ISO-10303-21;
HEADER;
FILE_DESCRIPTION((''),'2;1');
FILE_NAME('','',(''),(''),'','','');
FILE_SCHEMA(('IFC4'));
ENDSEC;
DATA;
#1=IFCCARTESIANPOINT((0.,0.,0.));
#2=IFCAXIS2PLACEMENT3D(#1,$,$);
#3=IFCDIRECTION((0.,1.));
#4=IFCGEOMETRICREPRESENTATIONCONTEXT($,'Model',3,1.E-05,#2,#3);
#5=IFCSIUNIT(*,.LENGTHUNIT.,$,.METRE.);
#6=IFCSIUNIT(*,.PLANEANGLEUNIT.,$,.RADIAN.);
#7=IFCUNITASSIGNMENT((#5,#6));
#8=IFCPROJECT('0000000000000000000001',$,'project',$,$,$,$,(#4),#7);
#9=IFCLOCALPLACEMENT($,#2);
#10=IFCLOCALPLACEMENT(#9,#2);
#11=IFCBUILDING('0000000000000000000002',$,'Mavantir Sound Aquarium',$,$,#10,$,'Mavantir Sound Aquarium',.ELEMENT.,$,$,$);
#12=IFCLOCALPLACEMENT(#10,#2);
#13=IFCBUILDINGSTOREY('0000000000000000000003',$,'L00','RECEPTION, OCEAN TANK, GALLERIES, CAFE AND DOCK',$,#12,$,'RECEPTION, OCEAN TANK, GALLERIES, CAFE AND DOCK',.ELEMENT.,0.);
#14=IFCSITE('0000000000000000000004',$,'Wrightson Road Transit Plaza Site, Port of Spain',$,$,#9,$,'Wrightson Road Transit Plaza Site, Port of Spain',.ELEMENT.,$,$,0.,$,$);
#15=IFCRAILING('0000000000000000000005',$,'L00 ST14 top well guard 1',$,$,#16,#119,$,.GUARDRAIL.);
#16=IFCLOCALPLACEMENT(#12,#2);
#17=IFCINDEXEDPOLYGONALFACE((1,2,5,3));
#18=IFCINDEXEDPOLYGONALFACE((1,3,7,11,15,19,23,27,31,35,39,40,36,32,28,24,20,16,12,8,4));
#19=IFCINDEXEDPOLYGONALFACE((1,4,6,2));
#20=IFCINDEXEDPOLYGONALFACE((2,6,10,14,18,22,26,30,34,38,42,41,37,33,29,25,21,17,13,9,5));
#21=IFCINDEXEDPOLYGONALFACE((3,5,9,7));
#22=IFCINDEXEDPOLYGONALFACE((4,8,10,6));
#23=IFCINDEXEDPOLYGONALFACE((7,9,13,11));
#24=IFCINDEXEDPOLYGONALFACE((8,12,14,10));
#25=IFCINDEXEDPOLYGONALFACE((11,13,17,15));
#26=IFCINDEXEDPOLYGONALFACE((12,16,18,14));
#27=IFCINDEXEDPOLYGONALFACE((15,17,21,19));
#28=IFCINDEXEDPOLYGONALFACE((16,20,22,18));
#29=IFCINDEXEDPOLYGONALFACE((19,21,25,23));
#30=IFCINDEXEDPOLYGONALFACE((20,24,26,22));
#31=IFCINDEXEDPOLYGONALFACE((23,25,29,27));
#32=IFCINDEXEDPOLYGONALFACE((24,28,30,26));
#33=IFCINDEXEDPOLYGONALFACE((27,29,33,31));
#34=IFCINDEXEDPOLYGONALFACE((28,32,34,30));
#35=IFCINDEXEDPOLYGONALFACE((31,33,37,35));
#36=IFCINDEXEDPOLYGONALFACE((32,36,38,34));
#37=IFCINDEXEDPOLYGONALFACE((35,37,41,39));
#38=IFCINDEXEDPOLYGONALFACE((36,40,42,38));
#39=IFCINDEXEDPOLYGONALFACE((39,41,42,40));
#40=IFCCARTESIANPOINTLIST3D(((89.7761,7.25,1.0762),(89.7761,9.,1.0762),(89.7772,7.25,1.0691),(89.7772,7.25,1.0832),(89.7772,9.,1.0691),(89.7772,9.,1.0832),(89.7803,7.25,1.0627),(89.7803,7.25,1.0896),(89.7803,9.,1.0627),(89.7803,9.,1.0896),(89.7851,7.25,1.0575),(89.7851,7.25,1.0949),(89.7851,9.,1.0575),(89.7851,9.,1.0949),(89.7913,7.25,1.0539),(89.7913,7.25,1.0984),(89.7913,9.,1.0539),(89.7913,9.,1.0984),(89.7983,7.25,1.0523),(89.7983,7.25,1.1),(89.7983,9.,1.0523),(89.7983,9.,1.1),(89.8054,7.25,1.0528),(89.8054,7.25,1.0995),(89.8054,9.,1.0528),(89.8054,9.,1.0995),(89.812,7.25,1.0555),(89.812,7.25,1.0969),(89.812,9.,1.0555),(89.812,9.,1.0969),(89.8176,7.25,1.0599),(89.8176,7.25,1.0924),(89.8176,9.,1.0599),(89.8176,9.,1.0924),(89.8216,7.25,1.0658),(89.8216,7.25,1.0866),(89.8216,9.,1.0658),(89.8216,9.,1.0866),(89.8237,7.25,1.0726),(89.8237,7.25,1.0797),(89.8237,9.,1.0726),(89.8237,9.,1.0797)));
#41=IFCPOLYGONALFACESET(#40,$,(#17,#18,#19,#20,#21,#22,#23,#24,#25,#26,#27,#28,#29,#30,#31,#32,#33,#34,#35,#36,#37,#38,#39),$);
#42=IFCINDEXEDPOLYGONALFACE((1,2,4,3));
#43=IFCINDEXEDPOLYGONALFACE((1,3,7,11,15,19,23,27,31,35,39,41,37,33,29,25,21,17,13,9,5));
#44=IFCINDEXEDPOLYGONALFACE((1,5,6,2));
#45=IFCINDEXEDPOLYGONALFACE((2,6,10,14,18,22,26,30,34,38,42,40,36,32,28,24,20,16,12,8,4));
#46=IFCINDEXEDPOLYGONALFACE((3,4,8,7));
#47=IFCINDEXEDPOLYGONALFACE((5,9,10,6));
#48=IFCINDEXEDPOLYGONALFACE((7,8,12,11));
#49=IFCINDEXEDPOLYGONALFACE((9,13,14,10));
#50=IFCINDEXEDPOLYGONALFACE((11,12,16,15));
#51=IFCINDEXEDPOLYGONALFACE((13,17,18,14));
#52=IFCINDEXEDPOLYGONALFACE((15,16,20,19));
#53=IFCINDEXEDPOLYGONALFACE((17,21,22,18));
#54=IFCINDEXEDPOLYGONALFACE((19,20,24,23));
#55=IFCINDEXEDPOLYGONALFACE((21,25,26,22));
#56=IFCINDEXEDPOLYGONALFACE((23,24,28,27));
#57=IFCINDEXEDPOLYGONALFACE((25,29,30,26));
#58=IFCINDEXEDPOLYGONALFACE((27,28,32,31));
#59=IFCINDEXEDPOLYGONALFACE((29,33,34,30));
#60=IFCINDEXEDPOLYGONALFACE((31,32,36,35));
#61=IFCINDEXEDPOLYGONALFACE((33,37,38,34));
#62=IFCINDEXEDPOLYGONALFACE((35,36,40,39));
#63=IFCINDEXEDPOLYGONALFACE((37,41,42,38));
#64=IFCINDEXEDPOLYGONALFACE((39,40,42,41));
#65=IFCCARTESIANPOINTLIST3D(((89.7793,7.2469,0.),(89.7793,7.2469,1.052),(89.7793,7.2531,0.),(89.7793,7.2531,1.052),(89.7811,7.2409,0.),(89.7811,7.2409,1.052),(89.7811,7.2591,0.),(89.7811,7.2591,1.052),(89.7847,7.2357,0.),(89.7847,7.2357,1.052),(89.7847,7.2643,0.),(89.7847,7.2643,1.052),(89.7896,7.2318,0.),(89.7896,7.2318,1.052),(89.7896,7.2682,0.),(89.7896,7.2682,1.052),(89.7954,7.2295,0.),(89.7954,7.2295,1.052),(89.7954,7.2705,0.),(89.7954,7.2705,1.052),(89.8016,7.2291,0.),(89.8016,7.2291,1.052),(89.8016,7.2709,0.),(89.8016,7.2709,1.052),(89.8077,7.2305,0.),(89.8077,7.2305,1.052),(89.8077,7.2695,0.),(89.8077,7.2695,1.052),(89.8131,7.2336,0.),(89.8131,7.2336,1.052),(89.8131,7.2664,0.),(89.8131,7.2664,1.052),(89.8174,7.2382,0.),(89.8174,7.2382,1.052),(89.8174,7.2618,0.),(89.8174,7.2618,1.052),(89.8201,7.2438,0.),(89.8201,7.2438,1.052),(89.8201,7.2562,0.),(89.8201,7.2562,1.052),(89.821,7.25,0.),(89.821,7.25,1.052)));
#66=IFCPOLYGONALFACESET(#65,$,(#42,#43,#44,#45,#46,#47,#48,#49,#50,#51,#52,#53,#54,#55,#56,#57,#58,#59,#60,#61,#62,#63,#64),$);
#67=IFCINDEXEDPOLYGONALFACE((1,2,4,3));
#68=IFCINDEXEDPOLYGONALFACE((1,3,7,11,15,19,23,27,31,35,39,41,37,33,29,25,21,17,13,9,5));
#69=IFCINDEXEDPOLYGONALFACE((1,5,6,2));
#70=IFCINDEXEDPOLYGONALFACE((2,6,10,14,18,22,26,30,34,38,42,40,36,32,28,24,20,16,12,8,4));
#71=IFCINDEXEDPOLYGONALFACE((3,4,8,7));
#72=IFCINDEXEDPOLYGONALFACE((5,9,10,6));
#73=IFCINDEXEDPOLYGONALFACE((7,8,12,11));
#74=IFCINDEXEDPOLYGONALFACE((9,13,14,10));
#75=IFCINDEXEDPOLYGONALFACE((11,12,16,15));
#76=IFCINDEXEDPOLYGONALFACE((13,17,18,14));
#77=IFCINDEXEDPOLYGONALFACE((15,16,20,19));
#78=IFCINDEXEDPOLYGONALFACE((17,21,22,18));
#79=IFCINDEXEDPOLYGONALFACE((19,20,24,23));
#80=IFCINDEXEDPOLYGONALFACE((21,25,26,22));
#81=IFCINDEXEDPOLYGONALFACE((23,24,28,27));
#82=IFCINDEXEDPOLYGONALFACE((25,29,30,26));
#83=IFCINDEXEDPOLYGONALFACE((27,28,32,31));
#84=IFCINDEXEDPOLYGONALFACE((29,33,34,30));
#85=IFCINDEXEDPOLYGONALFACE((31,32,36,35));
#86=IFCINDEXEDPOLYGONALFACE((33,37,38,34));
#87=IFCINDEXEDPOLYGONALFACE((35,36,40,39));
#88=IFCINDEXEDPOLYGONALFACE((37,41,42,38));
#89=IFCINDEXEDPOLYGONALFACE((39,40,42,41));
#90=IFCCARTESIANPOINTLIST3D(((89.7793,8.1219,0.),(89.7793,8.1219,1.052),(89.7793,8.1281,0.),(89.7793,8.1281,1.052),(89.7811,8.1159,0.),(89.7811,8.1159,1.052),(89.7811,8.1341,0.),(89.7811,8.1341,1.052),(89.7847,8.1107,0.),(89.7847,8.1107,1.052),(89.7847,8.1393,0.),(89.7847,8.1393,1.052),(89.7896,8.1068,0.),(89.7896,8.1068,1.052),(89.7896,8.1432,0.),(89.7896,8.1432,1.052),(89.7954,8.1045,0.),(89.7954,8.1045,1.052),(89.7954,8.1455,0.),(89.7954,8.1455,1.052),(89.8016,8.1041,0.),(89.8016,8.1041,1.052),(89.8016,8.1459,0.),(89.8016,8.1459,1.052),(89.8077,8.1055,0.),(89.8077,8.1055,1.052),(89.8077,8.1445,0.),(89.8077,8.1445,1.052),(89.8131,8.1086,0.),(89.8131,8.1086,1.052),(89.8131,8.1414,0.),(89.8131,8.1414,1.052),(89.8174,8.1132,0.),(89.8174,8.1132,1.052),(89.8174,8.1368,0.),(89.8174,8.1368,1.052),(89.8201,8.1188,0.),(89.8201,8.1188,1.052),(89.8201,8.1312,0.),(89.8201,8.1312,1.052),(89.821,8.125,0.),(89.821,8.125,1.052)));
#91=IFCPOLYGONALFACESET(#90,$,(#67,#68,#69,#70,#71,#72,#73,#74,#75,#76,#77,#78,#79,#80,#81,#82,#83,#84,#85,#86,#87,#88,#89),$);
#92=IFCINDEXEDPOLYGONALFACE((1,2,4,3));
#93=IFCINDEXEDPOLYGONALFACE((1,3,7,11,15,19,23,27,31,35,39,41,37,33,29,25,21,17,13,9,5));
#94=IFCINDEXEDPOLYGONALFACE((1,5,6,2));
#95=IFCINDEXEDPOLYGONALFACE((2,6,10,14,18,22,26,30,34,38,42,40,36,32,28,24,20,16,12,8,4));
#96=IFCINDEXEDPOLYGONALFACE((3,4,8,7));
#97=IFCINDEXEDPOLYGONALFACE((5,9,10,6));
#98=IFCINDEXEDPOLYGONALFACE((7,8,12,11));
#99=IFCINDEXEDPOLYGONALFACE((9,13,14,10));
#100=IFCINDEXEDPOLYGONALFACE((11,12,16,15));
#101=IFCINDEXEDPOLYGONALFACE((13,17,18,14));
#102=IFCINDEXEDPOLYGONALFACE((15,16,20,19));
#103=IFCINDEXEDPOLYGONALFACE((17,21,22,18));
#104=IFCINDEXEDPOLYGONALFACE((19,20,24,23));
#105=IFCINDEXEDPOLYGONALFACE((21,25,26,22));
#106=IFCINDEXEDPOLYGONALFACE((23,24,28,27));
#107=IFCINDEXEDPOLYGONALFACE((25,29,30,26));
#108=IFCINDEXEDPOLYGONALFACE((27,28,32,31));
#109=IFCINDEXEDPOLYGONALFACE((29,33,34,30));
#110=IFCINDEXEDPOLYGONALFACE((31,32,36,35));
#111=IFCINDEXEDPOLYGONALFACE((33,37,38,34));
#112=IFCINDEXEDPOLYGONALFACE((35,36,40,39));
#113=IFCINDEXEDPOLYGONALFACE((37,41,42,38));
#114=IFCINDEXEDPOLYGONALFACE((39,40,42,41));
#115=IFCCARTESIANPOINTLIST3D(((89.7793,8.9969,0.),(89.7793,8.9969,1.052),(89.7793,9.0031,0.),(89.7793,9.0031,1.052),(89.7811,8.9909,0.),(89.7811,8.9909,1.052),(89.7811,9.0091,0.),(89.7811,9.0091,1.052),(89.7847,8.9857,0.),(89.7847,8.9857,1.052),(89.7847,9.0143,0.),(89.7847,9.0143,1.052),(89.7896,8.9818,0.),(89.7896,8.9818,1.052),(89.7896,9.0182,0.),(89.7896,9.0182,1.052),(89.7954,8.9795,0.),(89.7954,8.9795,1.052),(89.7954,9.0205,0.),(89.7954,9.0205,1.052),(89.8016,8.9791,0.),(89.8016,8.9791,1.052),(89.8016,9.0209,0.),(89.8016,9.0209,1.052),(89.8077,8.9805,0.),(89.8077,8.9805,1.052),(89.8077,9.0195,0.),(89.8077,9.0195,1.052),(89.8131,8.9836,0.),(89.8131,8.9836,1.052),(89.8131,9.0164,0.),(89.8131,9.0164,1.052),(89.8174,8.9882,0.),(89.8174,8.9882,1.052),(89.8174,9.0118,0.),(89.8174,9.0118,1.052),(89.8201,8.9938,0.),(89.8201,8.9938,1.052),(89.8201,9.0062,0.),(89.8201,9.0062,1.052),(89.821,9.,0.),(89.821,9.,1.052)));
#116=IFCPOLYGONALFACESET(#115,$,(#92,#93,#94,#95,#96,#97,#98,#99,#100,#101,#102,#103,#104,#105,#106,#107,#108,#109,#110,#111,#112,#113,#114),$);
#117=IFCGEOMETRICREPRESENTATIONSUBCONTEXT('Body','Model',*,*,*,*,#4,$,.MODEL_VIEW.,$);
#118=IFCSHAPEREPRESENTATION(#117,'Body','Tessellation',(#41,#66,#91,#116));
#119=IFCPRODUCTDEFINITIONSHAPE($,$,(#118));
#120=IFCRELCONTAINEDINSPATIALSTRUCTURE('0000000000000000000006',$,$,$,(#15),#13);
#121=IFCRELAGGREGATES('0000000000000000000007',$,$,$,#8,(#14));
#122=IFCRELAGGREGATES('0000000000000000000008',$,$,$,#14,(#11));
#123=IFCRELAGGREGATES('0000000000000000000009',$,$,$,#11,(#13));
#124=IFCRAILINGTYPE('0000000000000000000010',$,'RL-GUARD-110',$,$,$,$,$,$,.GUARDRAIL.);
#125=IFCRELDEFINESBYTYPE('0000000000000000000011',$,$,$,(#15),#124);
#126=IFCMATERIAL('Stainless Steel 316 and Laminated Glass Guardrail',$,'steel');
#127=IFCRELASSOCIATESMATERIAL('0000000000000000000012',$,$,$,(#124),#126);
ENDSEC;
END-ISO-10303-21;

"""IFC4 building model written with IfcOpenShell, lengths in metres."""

from ifc_helpers import new_model, si_unit, direction, frame, origin, origin_2d, place, context, subcontext, project, spatial, circle, extrude, material, type_object, element, save


model = new_model("IFC4")

# Units and contexts
model_context = context("Model", 3, precision=1e-05, world=origin(), true_north=direction((0.0, 1.0)))
body_context = subcontext(model_context, "Body", "Model", "MODEL_VIEW")
ifc_project = project(units=[si_unit("LENGTHUNIT", "METRE"), si_unit("PLANEANGLEUNIT", "RADIAN")], contexts=[model_context])

# Site, building, storey
site_placement = place(None, origin())
site = spatial("IfcSite", under=ifc_project, at=site_placement, Name="Wrightson Road Transit Plaza Site, Port of Spain", LongName="Wrightson Road Transit Plaza Site, Port of Spain", CompositionType="ELEMENT", RefElevation=0.0)
building_placement = place(site_placement, origin())
building = spatial("IfcBuilding", under=site, at=building_placement, Name="Mavantir Sound Aquarium", LongName="Mavantir Sound Aquarium", CompositionType="ELEMENT")
storey_placement = place(building_placement, origin())
storey = spatial("IfcBuildingStorey", under=building, at=storey_placement, Name="L00", Description="RECEPTION, OCEAN TANK, GALLERIES, CAFE AND DOCK", LongName="RECEPTION, OCEAN TANK, GALLERIES, CAFE AND DOCK", CompositionType="ELEMENT", Elevation=0.0)

# Railing
ifc_material_1 = material(Name="Stainless Steel 316 and Laminated Glass Guardrail", Category="steel")
railing_type_1 = type_object("IfcRailingType", Name="RL-GUARD-110", PredefinedType="GUARDRAIL", material=ifc_material_1)
railing_1_placement = place(storey_placement, frame((89.8, 7.25, 0.0)))
element("IfcRailing", 1, at=railing_1_placement, inside=storey, type_object=railing_type_1, Name="L00 ST14 top well guard 1", PredefinedType="GUARDRAIL", context=body_context, shape_type="SweptSolid", body=[
    extrude(circle(Radius=0.0239, at=origin_2d()), frame((0.0, 0.0, 1.0762), z_axis=(0.0, 1.0, 0.0), x_axis=(-1.0, 0.0, 0.0)), (0.0, 0.0, 1.0), 1.75),
    extrude(circle(Radius=0.021, at=origin_2d()), origin(), (0.0, 0.0, 1.0), 1.052),
    extrude(circle(Radius=0.021, at=origin_2d()), frame((0.0, 0.875, 0.0)), (0.0, 0.0, 1.0), 1.052),
    extrude(circle(Radius=0.021, at=origin_2d()), frame((0.0, 1.75, 0.0)), (0.0, 0.0, 1.0), 1.052),
])

save(model, "model.ifc")
